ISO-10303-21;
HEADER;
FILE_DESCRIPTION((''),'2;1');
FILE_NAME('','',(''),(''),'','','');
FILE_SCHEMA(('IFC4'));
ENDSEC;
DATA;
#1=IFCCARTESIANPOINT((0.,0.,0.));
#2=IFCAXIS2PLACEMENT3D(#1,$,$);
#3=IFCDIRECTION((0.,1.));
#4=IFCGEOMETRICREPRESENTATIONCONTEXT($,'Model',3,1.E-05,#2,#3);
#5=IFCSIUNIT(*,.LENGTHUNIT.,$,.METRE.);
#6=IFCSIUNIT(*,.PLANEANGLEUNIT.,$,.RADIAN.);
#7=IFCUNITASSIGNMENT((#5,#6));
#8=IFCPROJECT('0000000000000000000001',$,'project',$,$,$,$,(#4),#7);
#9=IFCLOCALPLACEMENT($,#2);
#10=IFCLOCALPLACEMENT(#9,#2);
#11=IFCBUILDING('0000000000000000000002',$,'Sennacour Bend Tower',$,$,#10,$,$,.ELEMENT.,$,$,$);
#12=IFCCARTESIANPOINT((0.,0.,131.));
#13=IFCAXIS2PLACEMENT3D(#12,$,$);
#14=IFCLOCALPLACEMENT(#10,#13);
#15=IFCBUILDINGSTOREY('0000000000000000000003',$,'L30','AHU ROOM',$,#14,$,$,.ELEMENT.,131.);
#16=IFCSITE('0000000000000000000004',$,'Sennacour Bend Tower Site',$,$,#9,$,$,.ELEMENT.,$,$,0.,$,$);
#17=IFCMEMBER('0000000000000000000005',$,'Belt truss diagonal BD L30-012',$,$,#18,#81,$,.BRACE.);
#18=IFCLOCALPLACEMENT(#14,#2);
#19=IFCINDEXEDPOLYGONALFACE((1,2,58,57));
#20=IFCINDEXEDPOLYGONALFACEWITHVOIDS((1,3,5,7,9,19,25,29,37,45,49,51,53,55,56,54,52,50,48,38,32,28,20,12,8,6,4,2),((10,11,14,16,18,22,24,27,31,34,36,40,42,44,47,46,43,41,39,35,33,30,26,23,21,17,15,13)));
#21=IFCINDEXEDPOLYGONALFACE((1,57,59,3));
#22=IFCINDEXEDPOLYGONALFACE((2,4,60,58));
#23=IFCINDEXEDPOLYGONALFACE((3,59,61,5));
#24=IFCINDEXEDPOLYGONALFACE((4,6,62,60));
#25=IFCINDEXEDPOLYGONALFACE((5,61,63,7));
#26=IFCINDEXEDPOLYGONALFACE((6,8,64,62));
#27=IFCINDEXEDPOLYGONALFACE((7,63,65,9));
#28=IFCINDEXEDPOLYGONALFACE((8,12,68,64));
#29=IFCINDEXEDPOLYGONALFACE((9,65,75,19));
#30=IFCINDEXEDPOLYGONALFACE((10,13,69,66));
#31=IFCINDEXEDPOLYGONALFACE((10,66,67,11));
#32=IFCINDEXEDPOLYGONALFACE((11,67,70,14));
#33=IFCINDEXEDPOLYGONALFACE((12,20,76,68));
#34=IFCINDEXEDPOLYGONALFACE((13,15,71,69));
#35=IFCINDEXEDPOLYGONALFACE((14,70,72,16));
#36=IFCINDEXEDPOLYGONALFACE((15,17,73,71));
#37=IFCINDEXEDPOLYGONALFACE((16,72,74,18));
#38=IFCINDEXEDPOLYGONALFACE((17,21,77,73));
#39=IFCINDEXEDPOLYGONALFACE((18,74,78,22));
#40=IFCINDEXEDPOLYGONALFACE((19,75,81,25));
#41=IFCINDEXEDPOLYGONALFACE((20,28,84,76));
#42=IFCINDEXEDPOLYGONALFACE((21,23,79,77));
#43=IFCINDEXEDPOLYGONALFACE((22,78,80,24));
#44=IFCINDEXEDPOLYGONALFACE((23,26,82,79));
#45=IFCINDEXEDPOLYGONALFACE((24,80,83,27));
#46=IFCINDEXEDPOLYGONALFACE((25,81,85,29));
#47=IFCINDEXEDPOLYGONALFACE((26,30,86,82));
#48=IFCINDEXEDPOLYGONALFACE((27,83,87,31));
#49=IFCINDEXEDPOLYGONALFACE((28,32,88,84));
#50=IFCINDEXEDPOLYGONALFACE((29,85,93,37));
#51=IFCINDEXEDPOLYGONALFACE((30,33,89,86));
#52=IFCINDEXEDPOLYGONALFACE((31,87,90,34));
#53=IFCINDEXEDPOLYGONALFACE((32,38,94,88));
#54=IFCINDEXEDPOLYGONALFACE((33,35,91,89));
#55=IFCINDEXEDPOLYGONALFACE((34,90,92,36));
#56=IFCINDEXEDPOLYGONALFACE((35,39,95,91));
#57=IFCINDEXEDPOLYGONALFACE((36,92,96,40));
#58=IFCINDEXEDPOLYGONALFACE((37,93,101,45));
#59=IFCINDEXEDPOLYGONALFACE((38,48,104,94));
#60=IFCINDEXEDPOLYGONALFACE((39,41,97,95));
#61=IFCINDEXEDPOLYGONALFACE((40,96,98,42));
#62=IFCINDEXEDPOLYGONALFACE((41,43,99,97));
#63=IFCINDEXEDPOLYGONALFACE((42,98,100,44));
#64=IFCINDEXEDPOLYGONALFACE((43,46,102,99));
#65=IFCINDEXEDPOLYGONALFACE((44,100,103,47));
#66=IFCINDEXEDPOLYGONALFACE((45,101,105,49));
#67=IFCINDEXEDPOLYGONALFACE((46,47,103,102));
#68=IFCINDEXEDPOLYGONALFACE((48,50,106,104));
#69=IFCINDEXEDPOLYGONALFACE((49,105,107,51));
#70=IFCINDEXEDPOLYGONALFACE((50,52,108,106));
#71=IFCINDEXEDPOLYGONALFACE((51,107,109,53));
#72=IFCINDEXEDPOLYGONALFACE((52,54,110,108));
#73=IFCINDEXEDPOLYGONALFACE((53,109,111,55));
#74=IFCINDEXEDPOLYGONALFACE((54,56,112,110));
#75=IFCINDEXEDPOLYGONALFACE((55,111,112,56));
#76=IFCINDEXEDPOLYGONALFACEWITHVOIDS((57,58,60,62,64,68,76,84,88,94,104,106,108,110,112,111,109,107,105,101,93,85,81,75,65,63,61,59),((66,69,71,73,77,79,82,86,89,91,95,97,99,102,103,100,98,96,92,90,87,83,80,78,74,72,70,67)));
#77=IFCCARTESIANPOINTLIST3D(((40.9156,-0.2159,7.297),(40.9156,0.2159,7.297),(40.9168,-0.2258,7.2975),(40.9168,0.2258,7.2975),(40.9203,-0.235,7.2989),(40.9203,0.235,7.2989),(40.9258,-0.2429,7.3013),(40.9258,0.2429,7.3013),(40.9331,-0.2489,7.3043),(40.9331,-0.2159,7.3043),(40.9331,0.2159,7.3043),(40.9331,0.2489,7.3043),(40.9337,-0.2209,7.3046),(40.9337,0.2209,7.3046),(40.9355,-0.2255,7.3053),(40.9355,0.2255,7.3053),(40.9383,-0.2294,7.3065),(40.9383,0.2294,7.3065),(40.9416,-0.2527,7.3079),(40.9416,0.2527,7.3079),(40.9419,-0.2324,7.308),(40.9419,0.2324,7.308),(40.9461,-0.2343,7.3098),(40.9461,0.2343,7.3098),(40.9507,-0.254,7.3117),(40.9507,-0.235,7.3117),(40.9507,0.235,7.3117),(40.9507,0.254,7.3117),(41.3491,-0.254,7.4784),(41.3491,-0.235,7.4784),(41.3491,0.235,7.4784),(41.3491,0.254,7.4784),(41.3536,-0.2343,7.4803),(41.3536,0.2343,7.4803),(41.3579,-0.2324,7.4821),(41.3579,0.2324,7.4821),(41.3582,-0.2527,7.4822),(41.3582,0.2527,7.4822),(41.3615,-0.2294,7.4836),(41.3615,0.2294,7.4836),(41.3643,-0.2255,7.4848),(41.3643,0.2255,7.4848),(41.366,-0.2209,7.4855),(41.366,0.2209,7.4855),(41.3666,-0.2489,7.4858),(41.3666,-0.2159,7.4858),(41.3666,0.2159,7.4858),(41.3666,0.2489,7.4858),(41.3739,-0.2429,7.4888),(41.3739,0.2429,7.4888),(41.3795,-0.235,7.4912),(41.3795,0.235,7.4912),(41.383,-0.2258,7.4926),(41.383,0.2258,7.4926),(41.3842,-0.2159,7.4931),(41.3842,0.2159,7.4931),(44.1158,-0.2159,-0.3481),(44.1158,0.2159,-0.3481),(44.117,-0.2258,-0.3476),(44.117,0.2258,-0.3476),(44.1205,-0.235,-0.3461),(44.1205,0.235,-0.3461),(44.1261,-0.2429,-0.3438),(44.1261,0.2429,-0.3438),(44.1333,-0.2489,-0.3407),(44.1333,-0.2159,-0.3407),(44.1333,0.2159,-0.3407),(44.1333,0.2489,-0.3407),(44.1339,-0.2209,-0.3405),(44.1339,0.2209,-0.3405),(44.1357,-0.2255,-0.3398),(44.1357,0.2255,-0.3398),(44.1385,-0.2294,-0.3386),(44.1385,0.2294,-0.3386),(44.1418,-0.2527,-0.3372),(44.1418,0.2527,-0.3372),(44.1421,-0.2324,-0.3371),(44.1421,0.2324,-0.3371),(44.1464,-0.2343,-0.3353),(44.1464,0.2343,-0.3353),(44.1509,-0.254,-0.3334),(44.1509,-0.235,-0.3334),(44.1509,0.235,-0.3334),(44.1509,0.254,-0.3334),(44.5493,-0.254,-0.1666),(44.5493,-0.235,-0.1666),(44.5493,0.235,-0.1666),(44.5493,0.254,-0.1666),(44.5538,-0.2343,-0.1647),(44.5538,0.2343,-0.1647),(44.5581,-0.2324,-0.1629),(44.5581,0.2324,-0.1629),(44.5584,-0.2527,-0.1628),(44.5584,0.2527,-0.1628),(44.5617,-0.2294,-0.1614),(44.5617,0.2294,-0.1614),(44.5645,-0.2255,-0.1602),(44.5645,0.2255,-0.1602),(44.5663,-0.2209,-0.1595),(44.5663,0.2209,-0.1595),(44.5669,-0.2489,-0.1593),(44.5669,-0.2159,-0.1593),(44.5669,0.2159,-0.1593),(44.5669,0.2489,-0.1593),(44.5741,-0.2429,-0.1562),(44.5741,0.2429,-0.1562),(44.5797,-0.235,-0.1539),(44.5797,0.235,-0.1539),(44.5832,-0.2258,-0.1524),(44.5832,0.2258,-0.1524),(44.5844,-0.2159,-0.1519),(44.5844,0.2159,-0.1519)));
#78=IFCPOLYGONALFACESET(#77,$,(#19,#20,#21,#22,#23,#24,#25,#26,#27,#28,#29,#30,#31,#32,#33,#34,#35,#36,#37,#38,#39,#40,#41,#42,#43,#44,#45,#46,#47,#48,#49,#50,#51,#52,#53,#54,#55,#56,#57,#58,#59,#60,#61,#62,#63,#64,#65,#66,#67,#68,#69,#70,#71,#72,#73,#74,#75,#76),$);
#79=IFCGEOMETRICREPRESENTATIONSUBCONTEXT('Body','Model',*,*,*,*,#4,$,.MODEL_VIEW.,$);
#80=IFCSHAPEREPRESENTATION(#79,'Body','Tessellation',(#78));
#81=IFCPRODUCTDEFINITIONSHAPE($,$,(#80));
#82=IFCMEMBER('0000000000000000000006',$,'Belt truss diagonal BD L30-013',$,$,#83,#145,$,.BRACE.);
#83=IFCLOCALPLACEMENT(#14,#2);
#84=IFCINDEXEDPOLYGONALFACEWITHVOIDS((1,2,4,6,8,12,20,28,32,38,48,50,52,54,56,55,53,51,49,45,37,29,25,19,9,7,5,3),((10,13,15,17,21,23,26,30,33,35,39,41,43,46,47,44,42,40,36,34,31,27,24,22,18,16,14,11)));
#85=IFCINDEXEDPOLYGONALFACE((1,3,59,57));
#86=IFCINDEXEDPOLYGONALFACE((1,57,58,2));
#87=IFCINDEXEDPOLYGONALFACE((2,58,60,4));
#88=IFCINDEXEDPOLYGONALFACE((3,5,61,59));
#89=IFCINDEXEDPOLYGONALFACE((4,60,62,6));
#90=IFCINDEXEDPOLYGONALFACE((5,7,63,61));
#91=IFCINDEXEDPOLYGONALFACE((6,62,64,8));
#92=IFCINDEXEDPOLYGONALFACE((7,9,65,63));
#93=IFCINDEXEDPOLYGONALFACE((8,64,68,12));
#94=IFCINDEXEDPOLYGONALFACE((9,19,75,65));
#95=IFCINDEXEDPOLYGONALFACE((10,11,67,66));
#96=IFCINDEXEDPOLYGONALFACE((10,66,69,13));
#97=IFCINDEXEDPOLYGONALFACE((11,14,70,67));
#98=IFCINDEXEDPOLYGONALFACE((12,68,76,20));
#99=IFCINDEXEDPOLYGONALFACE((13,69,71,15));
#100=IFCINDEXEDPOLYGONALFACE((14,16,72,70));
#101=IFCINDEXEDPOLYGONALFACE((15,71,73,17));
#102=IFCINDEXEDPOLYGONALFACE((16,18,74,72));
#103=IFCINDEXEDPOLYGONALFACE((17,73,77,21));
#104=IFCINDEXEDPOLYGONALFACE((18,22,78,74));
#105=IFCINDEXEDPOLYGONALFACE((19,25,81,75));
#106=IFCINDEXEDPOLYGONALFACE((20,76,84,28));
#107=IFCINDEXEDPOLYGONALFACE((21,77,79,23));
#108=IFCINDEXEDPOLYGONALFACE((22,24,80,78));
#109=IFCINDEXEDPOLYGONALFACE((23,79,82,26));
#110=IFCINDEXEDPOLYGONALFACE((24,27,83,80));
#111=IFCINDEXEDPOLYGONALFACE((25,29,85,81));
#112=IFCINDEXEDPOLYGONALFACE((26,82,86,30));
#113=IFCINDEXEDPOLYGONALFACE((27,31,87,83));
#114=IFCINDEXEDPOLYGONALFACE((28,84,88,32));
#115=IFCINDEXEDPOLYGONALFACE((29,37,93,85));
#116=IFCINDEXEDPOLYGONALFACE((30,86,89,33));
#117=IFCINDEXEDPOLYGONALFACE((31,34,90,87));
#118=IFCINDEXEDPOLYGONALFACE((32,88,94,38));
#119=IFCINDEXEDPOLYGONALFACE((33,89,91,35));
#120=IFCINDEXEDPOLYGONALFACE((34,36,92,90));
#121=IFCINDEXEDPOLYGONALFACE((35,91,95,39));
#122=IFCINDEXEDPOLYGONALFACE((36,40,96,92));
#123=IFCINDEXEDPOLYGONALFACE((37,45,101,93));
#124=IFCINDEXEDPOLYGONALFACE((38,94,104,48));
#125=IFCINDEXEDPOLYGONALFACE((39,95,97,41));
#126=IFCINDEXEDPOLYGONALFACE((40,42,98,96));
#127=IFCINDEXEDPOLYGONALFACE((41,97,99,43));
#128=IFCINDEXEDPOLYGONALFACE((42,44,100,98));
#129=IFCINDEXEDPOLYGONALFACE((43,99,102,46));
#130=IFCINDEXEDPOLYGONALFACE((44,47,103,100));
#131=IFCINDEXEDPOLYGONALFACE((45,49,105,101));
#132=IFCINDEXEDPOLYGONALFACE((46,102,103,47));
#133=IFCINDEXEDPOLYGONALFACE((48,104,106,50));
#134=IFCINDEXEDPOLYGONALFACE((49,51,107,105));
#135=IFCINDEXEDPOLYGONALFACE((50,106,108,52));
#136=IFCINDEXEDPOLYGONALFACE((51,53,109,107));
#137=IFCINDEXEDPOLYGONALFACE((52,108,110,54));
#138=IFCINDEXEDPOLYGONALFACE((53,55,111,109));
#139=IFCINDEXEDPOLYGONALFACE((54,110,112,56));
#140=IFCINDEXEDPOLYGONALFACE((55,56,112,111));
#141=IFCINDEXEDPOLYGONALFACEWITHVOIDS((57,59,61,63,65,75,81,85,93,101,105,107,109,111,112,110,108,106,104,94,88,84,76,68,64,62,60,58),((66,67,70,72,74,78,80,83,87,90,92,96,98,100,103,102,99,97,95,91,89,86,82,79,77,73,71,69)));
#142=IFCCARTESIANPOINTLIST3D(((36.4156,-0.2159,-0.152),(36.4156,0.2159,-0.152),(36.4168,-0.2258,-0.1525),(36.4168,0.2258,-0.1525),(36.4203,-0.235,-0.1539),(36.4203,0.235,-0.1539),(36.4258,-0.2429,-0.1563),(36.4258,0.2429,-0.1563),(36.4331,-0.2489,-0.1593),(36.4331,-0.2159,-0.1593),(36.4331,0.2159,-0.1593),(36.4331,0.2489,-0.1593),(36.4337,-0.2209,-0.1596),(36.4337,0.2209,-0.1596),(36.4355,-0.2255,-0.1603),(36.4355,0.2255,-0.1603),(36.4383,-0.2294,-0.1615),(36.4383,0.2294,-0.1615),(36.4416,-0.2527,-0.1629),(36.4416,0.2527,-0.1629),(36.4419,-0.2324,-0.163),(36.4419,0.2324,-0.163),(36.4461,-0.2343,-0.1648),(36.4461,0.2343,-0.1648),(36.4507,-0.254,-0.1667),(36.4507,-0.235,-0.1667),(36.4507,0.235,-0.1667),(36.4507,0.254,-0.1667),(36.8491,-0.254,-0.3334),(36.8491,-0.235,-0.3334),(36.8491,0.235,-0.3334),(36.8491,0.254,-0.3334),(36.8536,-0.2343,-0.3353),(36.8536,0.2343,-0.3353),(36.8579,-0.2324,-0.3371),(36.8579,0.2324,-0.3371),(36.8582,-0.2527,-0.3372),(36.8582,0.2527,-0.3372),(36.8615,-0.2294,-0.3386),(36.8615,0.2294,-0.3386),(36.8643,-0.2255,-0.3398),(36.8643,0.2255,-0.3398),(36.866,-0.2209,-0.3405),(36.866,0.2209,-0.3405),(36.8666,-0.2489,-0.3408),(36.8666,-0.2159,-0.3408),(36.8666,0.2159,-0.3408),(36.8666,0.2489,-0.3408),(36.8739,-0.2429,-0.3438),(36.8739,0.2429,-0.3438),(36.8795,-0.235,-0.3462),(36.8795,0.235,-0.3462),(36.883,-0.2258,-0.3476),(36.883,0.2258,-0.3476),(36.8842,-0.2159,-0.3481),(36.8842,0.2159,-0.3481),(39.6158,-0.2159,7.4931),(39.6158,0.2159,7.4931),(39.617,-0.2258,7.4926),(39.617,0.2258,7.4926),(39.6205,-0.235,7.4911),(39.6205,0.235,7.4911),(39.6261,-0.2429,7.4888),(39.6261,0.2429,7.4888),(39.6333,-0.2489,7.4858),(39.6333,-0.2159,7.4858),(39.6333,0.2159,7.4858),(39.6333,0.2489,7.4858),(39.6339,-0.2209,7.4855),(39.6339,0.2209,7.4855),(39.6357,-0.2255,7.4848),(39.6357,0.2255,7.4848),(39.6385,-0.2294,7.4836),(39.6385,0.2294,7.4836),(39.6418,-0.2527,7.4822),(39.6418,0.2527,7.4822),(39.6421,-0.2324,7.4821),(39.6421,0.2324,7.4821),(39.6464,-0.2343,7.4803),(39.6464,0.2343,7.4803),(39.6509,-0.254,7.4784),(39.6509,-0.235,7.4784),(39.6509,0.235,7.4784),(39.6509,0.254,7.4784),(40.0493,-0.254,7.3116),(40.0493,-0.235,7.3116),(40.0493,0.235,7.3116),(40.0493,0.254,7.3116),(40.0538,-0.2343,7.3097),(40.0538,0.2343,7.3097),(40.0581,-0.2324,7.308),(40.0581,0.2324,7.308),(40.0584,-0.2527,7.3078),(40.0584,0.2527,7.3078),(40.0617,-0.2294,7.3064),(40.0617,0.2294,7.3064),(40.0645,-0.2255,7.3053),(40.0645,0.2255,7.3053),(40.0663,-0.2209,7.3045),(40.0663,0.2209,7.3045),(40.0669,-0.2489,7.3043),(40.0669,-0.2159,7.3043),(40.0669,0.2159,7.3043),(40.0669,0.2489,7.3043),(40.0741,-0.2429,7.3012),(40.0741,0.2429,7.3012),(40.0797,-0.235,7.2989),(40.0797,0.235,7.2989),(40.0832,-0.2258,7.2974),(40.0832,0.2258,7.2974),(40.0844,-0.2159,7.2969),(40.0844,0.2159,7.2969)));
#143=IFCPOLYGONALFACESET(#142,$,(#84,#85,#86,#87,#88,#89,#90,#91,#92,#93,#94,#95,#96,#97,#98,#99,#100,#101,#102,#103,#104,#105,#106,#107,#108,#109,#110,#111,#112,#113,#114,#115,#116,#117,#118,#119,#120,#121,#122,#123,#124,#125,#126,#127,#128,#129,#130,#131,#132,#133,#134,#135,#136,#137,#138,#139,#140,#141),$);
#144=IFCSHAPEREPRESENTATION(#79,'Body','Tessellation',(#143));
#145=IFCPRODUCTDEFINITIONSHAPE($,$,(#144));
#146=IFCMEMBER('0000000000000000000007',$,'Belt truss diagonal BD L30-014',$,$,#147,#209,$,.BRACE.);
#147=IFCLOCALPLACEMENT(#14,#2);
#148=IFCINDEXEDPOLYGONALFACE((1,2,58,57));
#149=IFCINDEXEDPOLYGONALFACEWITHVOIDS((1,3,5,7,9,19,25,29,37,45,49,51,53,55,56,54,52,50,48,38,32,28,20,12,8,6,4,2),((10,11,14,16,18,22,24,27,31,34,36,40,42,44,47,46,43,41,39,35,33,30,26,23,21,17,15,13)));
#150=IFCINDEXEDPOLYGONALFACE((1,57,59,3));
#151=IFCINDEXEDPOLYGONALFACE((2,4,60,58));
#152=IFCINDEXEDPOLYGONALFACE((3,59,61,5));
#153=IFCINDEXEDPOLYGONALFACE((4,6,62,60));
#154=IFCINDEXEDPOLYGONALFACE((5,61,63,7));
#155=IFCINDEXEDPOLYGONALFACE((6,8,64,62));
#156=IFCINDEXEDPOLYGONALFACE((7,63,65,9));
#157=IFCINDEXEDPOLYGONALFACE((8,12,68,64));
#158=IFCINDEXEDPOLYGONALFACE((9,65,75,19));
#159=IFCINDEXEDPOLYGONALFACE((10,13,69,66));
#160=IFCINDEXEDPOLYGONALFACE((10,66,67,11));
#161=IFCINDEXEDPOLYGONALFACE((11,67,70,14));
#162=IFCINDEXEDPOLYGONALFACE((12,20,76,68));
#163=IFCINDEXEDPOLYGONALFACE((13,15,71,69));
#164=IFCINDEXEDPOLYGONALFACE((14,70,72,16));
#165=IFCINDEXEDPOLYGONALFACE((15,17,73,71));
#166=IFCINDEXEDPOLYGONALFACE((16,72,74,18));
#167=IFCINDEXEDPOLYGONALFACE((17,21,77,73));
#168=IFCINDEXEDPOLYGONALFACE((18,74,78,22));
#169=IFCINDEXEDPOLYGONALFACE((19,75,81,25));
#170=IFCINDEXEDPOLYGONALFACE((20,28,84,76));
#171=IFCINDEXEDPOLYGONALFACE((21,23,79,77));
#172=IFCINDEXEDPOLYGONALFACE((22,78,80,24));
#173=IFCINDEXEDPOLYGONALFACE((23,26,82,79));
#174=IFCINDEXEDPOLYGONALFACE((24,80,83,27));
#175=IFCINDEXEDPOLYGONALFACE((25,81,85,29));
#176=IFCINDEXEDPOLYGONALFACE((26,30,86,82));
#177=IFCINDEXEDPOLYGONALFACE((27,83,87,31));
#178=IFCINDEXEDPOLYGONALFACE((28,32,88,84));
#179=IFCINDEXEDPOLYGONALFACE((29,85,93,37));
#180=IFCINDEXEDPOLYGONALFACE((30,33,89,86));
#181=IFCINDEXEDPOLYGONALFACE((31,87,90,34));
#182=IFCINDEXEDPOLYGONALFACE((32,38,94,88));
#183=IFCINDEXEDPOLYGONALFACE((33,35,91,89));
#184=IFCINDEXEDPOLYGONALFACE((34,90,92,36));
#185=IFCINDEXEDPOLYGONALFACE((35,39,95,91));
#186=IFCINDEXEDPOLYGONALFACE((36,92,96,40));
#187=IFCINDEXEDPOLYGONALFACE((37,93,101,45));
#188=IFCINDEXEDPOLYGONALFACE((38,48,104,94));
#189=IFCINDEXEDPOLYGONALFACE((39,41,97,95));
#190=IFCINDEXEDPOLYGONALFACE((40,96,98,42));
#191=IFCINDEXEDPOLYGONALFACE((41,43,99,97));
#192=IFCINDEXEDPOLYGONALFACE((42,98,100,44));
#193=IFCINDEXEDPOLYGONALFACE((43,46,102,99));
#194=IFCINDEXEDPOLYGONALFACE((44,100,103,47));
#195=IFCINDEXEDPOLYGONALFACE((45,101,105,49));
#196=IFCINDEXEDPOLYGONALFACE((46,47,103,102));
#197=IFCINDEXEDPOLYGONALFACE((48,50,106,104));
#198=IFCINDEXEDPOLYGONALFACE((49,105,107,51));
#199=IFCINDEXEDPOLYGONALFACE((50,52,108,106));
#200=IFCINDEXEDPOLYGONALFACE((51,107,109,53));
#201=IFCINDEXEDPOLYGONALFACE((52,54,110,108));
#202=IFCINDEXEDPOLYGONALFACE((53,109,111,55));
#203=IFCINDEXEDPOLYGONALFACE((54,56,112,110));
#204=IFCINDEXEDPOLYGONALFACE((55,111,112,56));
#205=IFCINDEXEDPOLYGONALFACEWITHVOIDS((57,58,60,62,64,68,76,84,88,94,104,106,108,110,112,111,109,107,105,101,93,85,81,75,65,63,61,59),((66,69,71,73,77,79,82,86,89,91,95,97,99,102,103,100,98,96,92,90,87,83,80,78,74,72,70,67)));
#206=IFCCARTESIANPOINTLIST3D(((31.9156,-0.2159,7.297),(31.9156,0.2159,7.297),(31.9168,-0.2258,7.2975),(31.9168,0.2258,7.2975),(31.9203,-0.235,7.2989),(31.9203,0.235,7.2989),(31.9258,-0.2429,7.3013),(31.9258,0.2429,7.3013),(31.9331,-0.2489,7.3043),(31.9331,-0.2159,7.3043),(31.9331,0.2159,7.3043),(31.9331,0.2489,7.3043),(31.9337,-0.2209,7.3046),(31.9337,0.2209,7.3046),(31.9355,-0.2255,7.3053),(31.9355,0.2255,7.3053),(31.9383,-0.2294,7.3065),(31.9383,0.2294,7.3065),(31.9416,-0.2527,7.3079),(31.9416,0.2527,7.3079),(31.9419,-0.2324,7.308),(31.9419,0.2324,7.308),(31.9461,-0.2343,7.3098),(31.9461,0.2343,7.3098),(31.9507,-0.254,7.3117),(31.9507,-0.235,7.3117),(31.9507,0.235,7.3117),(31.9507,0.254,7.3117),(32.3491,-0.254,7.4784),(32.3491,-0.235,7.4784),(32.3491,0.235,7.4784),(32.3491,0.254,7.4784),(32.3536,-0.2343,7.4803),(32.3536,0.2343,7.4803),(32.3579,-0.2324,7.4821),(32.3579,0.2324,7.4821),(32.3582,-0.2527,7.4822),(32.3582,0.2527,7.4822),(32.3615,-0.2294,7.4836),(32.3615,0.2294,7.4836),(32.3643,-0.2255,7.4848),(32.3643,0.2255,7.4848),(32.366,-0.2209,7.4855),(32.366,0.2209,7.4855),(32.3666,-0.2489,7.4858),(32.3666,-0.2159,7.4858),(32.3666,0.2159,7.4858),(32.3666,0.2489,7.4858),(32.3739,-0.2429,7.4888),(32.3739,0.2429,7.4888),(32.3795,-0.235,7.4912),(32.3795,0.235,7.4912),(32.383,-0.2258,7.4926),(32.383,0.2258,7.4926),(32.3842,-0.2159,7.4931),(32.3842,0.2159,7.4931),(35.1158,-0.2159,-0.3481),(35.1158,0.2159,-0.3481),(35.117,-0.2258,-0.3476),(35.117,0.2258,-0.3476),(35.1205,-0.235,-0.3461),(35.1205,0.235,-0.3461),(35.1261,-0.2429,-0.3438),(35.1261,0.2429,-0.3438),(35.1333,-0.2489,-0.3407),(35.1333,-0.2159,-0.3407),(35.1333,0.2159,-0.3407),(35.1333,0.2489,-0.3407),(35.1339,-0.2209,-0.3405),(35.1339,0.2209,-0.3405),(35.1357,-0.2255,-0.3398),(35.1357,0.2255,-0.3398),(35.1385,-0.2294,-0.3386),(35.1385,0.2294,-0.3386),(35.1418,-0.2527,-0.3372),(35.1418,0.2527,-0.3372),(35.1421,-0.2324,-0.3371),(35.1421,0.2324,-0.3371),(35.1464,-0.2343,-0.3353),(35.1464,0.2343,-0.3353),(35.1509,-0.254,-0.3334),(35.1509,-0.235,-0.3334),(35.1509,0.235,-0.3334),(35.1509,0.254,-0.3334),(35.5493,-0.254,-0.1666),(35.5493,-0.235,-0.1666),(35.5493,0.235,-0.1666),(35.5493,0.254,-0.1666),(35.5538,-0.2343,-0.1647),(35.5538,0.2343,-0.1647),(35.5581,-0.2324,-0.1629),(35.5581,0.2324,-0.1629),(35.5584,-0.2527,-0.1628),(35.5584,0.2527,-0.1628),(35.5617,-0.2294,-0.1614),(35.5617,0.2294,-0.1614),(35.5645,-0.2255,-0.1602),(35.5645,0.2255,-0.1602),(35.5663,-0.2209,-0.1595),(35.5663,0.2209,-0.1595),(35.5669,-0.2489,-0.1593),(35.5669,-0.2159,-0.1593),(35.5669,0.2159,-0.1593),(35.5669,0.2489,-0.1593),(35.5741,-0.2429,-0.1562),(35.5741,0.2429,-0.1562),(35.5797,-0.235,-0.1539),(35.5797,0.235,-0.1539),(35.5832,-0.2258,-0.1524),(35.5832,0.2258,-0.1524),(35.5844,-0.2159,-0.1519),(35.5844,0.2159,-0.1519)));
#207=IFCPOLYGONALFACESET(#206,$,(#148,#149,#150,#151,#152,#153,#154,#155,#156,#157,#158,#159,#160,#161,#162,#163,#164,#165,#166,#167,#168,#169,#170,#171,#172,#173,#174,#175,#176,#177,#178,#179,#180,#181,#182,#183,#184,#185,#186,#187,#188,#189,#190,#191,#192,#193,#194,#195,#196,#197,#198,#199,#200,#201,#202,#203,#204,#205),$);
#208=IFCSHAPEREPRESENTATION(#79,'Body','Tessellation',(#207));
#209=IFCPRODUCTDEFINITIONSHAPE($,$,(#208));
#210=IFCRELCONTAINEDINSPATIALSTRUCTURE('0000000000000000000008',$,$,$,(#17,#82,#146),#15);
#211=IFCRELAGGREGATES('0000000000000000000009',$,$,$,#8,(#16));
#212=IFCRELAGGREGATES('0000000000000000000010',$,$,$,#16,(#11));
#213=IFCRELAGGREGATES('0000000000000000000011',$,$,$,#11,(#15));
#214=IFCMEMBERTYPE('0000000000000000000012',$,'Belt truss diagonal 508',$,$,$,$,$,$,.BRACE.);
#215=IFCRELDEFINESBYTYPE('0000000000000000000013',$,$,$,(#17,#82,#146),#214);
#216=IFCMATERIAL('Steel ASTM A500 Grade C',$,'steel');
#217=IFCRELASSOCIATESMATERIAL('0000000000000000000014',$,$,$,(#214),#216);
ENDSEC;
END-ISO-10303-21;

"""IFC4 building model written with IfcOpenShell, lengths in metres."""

from ifc_helpers import new_model, si_unit, direction, frame, origin, origin_2d, place, context, subcontext, project, spatial, hollow_rectangle, extrude, material, material_profile, profile_set, type_object, element, save


model = new_model("IFC4")

# Units and contexts
model_context = context("Model", 3, precision=1e-05, world=origin(), true_north=direction((0.0, 1.0)))
body_context = subcontext(model_context, "Body", "Model", "MODEL_VIEW")
ifc_project = project(units=[si_unit("LENGTHUNIT", "METRE"), si_unit("PLANEANGLEUNIT", "RADIAN")], contexts=[model_context])

# Site, building, storey
site_placement = place(None, origin())
site = spatial("IfcSite", under=ifc_project, at=site_placement, Name="Sennacour Bend Tower Site", CompositionType="ELEMENT", RefElevation=0.0)
building_placement = place(site_placement, origin())
building = spatial("IfcBuilding", under=site, at=building_placement, Name="Sennacour Bend Tower", CompositionType="ELEMENT")
storey_placement = place(building_placement, frame((0.0, 0.0, 131.0)))
storey = spatial("IfcBuildingStorey", under=building, at=storey_placement, Name="L30", Description="AHU ROOM", CompositionType="ELEMENT", Elevation=131.0)

# Members
ifc_material_1 = material(Name="Steel ASTM A500 Grade C", Category="steel")
ifc_material_profile_1 = material_profile(ifc_material_1, hollow_rectangle(XDim=0.5081, YDim=0.5081, WallThickness=0.019, InnerFilletRadius=0.019, OuterFilletRadius=0.0381, at=origin_2d()), Name="Steel ASTM A500 Grade C", Category="steel")
ifc_profile_set_1 = profile_set([ifc_material_profile_1], Name="Steel ASTM A500 Grade C")
member_type_1 = type_object("IfcMemberType", Name="Belt truss diagonal 508", PredefinedType="BRACE", material=ifc_profile_set_1)
for number, where, z_axis, x_axis, name in (
    (1, (44.3501, 0.0, -0.25), (-0.386133, 0.0, 0.922443), (0.0, -1.0, 0.0), "Belt truss diagonal BD L30-012"),
    (2, (39.8501, 0.0, 7.395), (-0.386133, 0.0, -0.922443), (0.0, -1.0, 0.0), "Belt truss diagonal BD L30-013"),
    (3, (35.3501, 0.0, -0.25), (-0.386133, 0.0, 0.922443), (0.0, -1.0, 0.0), "Belt truss diagonal BD L30-014"),
):
    element("IfcMember", number, at=place(storey_placement, frame(where, z_axis=z_axis, x_axis=x_axis)), inside=storey, type_object=member_type_1, Name=name, PredefinedType="BRACE", context=body_context, shape_type="SweptSolid", body=[
        extrude(hollow_rectangle(XDim=0.5081, YDim=0.5081, WallThickness=0.019, InnerFilletRadius=0.019, OuterFilletRadius=0.0381, at=origin_2d()), origin(), (0.0, 0.0, 1.0), 8.2878),
    ])

save(model, "model.ifc")
